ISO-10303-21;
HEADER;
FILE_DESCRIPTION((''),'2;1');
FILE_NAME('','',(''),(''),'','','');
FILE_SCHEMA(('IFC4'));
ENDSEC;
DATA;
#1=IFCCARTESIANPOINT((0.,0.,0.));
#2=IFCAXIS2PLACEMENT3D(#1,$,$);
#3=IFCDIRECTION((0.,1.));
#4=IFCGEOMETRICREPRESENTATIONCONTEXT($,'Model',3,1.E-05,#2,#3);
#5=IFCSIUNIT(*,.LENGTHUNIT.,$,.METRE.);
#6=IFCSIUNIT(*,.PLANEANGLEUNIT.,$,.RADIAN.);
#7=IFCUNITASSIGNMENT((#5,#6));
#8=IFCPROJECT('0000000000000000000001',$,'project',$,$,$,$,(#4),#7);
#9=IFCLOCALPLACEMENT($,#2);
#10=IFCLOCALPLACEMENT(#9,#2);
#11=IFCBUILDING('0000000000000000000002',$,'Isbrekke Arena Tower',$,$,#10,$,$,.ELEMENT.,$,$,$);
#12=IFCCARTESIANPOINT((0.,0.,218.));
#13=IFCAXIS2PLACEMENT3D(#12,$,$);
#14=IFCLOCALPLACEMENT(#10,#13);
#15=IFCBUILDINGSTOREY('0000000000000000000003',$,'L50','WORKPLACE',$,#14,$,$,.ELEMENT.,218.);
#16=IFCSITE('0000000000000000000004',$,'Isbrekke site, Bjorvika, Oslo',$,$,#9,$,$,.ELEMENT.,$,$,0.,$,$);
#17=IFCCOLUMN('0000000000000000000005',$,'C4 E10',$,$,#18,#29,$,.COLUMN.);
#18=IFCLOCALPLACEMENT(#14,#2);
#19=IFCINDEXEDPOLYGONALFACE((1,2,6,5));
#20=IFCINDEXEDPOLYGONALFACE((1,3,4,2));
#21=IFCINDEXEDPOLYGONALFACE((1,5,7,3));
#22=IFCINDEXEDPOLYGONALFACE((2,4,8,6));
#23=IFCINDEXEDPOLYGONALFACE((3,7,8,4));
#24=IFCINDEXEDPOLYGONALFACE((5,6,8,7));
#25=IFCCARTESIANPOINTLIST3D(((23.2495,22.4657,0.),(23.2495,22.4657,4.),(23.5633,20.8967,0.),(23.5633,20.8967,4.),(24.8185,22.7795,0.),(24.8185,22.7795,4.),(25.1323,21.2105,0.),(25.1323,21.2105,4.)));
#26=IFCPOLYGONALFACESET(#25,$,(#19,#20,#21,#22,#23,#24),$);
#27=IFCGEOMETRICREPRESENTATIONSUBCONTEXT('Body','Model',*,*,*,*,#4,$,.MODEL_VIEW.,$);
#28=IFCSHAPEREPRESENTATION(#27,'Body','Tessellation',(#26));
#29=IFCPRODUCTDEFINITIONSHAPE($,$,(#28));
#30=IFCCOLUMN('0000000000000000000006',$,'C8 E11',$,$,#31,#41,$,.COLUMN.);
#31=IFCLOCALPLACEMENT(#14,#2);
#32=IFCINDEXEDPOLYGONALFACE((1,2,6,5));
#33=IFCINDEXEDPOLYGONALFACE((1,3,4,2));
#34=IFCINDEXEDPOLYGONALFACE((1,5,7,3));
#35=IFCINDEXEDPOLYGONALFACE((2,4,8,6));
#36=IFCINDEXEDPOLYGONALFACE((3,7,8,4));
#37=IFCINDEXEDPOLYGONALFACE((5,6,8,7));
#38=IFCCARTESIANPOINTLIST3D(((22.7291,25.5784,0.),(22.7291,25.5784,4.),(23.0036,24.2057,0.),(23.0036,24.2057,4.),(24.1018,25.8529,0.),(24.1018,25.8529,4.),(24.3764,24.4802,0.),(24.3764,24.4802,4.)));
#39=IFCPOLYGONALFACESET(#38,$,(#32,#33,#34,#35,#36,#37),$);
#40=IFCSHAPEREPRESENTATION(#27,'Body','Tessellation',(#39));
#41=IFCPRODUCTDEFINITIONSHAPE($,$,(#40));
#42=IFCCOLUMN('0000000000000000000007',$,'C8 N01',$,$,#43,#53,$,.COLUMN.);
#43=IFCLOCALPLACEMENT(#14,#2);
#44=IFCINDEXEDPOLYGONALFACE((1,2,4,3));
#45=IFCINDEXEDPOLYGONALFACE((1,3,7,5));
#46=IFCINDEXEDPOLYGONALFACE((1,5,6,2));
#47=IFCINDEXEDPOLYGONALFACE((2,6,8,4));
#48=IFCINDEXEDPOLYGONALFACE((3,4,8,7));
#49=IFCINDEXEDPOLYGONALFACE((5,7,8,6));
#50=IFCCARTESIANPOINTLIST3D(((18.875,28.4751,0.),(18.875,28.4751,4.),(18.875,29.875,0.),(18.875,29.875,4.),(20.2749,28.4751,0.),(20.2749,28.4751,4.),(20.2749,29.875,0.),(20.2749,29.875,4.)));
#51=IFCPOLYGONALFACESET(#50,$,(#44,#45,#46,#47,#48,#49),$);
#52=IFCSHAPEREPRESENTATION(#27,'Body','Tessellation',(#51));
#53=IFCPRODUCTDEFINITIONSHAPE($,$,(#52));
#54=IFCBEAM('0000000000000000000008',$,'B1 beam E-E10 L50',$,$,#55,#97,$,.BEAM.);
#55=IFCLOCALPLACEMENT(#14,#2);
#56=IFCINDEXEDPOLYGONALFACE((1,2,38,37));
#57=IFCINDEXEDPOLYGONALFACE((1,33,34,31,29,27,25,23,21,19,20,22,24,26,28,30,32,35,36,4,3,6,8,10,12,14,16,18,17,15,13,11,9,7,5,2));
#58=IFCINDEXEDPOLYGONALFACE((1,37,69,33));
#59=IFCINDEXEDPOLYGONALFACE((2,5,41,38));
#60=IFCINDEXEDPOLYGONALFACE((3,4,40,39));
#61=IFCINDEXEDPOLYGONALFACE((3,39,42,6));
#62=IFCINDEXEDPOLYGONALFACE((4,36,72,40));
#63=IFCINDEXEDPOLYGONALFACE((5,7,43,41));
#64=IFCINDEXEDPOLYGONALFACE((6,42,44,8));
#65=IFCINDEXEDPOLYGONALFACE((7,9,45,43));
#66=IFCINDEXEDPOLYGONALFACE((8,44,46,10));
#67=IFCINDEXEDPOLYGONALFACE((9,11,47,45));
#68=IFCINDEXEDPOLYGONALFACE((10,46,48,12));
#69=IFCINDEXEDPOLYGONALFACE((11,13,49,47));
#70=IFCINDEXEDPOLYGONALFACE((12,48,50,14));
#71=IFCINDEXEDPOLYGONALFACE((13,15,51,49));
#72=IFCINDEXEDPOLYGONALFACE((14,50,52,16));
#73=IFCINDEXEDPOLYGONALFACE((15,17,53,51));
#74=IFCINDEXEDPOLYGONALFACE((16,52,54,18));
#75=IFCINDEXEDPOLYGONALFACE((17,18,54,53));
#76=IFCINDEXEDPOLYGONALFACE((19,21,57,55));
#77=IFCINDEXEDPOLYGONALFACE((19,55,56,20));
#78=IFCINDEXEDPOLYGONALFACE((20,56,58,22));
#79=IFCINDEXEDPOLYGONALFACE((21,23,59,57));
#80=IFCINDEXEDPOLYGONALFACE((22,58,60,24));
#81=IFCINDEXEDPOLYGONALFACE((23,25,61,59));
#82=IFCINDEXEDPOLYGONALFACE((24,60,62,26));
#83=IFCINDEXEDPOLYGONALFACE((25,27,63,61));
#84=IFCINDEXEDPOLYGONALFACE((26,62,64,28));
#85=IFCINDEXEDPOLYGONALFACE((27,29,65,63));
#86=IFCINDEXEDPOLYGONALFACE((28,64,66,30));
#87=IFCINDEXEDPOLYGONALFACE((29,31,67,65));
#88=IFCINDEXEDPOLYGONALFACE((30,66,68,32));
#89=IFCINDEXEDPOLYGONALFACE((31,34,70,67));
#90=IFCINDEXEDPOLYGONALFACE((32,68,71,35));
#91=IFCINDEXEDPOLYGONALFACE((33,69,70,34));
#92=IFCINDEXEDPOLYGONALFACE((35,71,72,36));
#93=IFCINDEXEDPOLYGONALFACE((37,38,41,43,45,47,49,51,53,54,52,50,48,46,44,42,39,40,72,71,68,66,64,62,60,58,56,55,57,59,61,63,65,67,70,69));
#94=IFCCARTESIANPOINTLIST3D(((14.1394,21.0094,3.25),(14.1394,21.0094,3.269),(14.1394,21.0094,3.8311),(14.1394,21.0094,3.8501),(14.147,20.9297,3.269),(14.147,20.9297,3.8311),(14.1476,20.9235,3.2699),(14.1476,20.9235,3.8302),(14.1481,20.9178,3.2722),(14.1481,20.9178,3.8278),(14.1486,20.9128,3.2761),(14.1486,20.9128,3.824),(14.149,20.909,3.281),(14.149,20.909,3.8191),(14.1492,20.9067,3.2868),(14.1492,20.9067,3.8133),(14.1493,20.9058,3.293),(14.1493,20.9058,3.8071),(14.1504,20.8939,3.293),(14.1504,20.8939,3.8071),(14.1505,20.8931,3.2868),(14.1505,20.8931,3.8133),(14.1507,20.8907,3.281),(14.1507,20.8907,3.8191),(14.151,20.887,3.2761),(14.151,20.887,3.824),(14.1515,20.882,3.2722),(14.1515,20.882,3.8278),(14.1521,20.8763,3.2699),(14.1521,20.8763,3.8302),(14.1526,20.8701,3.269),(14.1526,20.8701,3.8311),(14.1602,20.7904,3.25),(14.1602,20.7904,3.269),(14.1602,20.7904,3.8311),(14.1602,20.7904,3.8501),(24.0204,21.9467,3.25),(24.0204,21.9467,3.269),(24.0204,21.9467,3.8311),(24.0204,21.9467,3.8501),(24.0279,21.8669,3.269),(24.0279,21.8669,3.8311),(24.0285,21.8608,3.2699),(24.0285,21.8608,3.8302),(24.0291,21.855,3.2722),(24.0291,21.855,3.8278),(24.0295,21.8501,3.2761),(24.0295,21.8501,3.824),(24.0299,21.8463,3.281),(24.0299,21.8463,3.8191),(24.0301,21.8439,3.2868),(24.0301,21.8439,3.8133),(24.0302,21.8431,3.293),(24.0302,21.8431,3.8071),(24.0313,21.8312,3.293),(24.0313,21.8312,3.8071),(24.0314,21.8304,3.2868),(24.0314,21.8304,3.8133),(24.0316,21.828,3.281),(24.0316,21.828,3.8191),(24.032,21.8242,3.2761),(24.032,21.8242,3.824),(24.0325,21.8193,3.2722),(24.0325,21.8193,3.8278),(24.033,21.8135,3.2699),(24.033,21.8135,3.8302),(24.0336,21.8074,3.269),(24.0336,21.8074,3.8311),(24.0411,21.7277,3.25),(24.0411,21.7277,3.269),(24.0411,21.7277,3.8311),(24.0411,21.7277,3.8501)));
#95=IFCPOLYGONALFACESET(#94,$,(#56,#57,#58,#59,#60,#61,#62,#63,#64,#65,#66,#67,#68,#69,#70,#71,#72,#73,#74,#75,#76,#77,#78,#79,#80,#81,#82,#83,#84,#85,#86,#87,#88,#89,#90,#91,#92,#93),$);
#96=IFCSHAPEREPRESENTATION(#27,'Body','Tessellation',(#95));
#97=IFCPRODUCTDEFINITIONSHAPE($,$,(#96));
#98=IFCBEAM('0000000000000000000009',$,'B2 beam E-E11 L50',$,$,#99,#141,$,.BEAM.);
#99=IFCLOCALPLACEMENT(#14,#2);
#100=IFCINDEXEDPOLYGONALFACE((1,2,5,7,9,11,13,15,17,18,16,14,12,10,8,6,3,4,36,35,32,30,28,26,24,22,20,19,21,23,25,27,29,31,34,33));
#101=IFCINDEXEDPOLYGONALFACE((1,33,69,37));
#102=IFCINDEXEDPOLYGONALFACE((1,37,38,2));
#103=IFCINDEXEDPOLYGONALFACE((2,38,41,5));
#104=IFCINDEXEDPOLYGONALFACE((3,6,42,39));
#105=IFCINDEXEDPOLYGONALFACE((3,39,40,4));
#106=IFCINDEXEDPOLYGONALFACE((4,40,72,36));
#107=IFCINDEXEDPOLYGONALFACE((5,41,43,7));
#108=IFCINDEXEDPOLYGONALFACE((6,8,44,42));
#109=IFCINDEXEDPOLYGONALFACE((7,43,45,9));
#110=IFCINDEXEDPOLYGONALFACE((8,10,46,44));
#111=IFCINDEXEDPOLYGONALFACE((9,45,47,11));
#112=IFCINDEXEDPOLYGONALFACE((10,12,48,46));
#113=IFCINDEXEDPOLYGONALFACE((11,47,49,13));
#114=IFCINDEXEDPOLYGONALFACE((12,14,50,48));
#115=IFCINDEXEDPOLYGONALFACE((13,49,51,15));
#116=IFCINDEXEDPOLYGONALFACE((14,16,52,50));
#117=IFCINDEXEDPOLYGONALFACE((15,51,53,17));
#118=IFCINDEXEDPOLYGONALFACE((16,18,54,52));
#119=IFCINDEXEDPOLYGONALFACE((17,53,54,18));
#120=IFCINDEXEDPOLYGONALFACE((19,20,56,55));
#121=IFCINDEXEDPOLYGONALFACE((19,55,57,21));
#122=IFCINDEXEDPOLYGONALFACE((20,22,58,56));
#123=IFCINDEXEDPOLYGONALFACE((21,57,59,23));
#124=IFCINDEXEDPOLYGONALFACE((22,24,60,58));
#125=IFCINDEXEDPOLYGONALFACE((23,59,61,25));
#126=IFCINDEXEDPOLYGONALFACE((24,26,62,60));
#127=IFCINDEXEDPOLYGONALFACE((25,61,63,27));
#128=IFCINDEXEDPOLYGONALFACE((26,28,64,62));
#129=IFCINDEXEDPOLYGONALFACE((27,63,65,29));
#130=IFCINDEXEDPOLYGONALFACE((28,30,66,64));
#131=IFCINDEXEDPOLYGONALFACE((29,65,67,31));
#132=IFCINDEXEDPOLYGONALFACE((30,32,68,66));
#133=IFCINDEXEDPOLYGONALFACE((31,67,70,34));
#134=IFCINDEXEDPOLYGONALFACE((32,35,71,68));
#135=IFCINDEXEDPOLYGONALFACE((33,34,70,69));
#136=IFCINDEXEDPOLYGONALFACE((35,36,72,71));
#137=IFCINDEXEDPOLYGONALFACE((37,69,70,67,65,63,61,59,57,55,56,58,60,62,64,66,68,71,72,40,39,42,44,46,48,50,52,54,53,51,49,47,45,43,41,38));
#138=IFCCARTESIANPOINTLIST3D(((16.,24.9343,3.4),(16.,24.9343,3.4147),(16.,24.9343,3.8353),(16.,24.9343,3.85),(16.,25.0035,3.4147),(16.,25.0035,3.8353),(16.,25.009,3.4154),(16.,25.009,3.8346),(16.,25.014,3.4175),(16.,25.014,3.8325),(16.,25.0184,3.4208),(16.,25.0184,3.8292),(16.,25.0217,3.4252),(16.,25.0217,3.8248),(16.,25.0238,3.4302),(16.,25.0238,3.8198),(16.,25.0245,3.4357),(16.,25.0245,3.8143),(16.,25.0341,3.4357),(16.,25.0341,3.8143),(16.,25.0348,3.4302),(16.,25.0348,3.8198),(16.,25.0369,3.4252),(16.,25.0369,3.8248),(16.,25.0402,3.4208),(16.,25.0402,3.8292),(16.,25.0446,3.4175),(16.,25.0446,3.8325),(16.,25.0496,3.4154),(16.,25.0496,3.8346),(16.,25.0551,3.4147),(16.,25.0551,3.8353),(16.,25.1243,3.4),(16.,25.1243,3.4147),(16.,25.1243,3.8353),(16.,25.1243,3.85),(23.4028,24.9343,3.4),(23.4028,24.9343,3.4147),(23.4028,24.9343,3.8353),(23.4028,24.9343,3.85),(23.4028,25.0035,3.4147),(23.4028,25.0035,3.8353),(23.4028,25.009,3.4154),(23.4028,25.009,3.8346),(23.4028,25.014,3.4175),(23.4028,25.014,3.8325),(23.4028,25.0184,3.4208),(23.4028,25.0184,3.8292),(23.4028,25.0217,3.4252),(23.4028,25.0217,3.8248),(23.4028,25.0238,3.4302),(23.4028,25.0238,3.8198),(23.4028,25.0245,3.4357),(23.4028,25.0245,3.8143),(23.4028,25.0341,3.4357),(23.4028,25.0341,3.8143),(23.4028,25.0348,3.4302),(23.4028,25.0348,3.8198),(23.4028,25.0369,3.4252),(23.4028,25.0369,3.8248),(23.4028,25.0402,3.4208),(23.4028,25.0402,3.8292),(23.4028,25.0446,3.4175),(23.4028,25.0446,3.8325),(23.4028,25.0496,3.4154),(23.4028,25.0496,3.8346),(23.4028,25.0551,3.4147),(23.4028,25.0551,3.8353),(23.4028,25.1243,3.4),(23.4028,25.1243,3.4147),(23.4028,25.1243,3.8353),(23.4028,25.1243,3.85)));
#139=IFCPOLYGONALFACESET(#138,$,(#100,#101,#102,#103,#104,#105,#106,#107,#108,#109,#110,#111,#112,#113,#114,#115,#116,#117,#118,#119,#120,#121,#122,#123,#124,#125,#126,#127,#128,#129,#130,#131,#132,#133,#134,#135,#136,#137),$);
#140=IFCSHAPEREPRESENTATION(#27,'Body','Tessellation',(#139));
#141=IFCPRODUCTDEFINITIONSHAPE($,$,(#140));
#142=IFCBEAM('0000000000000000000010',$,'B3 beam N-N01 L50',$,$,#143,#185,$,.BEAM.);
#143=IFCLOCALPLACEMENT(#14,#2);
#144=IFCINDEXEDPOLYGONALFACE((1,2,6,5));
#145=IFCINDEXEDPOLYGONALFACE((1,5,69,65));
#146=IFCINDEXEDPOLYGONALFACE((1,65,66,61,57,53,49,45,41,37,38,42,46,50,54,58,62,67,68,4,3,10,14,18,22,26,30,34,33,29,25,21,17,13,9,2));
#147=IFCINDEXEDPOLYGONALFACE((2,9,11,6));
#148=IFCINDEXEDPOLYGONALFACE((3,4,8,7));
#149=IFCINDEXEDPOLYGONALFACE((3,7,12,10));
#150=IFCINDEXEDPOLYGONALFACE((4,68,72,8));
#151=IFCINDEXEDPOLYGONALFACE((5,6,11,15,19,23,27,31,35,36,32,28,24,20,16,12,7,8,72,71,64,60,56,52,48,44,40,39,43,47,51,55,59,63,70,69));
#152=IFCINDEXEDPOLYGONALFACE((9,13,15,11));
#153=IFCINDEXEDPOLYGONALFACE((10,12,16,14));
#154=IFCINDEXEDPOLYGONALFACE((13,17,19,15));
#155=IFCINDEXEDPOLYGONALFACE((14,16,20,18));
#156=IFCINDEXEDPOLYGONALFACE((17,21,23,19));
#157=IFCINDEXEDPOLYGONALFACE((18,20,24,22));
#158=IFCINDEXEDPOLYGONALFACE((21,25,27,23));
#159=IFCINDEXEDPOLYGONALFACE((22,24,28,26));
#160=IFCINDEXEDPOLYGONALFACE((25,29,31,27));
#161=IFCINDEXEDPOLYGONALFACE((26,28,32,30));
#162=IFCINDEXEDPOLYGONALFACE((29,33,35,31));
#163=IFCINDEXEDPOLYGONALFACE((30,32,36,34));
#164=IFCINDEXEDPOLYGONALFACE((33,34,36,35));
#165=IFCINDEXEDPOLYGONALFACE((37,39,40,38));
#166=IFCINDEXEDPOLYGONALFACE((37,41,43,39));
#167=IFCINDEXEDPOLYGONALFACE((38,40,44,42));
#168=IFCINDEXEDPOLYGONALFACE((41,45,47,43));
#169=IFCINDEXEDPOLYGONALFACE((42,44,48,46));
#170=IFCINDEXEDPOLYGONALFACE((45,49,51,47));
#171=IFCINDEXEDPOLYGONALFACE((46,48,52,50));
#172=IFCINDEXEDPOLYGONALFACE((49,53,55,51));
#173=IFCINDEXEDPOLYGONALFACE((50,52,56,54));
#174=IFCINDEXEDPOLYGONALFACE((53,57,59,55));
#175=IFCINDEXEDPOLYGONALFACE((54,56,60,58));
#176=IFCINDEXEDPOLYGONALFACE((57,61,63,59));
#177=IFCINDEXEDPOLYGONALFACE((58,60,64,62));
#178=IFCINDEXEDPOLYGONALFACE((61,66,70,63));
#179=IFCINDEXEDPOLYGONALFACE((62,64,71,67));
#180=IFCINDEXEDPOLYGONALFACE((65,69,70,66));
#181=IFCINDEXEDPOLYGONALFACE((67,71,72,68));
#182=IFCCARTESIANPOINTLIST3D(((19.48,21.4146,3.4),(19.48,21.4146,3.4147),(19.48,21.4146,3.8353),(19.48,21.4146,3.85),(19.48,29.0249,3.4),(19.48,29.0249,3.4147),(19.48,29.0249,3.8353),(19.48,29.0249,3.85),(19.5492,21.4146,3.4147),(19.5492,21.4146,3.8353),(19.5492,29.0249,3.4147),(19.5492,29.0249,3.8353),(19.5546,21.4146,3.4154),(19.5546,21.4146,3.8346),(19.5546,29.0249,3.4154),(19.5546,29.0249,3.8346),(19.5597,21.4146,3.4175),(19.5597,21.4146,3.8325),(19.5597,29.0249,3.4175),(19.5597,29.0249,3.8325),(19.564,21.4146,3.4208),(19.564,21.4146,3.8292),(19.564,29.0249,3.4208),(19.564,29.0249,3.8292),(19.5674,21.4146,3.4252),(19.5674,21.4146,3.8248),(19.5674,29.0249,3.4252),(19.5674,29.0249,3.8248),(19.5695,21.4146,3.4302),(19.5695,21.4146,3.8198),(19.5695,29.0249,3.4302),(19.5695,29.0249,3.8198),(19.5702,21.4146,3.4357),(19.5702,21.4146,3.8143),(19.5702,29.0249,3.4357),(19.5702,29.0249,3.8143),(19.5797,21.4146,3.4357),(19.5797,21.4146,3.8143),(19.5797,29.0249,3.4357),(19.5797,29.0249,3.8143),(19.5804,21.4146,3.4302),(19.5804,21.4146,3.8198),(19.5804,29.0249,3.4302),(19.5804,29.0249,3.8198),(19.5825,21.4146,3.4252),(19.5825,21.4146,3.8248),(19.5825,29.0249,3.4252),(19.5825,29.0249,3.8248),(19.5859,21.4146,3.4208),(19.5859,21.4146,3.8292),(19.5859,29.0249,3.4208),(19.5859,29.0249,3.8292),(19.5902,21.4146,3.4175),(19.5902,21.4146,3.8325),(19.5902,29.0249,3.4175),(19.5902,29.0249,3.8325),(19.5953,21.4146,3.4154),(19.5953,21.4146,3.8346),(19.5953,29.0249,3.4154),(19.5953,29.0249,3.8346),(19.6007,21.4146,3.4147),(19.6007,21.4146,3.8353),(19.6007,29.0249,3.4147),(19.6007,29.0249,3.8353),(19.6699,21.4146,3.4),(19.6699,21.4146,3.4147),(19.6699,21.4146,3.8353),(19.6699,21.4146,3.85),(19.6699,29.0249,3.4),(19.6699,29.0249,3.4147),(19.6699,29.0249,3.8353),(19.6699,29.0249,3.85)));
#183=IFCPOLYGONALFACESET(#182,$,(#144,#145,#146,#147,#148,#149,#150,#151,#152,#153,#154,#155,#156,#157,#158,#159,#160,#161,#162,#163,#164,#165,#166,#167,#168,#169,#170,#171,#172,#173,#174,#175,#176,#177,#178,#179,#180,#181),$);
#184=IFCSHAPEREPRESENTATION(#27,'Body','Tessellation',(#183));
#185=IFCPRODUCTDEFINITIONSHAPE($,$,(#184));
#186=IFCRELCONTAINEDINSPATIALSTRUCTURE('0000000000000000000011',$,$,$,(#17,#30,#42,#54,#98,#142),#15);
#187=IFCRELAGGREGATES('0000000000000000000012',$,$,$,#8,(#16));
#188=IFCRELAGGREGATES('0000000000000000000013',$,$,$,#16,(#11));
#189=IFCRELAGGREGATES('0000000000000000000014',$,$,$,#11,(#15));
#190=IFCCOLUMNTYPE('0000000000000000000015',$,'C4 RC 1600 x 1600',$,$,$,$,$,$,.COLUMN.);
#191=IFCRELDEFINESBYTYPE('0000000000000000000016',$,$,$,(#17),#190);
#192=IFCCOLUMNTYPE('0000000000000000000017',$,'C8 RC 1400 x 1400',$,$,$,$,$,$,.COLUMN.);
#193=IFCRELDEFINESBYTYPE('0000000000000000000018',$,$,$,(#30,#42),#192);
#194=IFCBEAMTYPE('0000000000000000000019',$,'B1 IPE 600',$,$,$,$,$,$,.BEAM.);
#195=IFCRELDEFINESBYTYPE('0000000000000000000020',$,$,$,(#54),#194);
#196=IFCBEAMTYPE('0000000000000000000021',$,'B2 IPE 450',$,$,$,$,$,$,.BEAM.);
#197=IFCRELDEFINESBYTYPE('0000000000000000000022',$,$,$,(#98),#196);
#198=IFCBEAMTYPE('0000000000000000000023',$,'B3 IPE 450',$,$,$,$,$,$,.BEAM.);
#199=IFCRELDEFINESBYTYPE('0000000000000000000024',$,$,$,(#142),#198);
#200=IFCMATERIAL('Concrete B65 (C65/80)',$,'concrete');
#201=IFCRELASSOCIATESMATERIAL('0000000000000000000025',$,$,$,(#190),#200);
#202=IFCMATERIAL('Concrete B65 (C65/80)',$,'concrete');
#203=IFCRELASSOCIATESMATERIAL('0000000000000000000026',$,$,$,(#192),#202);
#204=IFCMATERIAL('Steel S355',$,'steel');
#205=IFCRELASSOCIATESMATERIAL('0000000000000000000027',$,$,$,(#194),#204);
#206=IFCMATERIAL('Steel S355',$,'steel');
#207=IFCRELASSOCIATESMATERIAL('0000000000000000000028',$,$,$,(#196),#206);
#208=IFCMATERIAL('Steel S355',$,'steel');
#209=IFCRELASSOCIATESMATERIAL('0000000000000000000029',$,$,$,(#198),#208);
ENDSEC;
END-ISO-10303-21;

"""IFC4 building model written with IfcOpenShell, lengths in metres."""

from ifc_helpers import new_model, si_unit, direction, frame, origin, origin_2d, place, context, subcontext, project, spatial, rectangle, i_section, extrude, material, material_profile, profile_set, type_object, element, save


model = new_model("IFC4")

# Units and contexts
model_context = context("Model", 3, precision=1e-05, world=origin(), true_north=direction((0.0, 1.0)))
body_context = subcontext(model_context, "Body", "Model", "MODEL_VIEW")
ifc_project = project(units=[si_unit("LENGTHUNIT", "METRE"), si_unit("PLANEANGLEUNIT", "RADIAN")], contexts=[model_context])

# Site, building, storey
site_placement = place(None, origin())
site = spatial("IfcSite", under=ifc_project, at=site_placement, Name="Isbrekke site, Bjorvika, Oslo", CompositionType="ELEMENT", RefElevation=0.0)
building_placement = place(site_placement, origin())
building = spatial("IfcBuilding", under=site, at=building_placement, Name="Isbrekke Arena Tower", CompositionType="ELEMENT")
storey_placement = place(building_placement, frame((0.0, 0.0, 218.0)))
storey = spatial("IfcBuildingStorey", under=building, at=storey_placement, Name="L50", Description="WORKPLACE", CompositionType="ELEMENT", Elevation=218.0)

# Columns
ifc_material_1 = material(Name="Concrete B65 (C65/80)", Category="concrete")
ifc_material_profile_1 = material_profile(ifc_material_1, rectangle(XDim=1.6001, YDim=1.6001, at=origin_2d()), Name="RC 1600x1600")
ifc_profile_set_1 = profile_set([ifc_material_profile_1], Name="Concrete B65 (C65/80)")
column_type_1 = type_object("IfcColumnType", Name="C4 RC 1600 x 1600", PredefinedType="COLUMN", material=ifc_profile_set_1)
column_placement = place(storey_placement, frame((24.1909, 21.8381, 0.0), z_axis=(0.0, 0.0, 1.0), x_axis=(-0.196116, 0.980581, 0.0)))
element("IfcColumn", 1, at=column_placement, inside=storey, type_object=column_type_1, Name="C4 E10", PredefinedType="COLUMN", context=body_context, shape_type="SweptSolid", body=[
    extrude(rectangle(XDim=1.6001, YDim=1.6001, at=origin_2d()), origin(), (0.0, 0.0, 1.0), 4.0),
])
ifc_material_2 = material(Name="Concrete B65 (C65/80)", Category="concrete")
ifc_material_profile_2 = material_profile(ifc_material_2, rectangle(XDim=1.3999, YDim=1.3999, at=origin_2d()), Name="RC 1400x1400")
ifc_profile_set_2 = profile_set([ifc_material_profile_2], Name="Concrete B65 (C65/80)")
column_type_2 = type_object("IfcColumnType", Name="C8 RC 1400 x 1400", PredefinedType="COLUMN", material=ifc_profile_set_2)
for number, where, z_axis, x_axis, name in (
    (2, (23.5527, 25.0293, 0.0), (0.0, 0.0, 1.0), (-0.196116, 0.980581, 0.0), "C8 E11"),
    (3, (19.575, 29.175, 0.0), (0.0, 0.0, 1.0), (-1.0, 0.0, 0.0), "C8 N01"),
):
    element("IfcColumn", number, at=place(storey_placement, frame(where, z_axis=z_axis, x_axis=x_axis)), inside=storey, type_object=column_type_2, Name=name, PredefinedType="COLUMN", context=body_context, shape_type="SweptSolid", body=[
        extrude(rectangle(XDim=1.3999, YDim=1.3999, at=origin_2d()), origin(), (0.0, 0.0, 1.0), 4.0),
    ])

# Beams
ifc_material_3 = material(Name="Steel S355", Category="steel")
ifc_material_profile_3 = material_profile(ifc_material_3, i_section(OverallWidth=0.22, OverallDepth=0.6001, WebThickness=0.012, FlangeThickness=0.019, FilletRadius=0.0239, at=origin_2d()), Name="IPE 600")
ifc_profile_set_3 = profile_set([ifc_material_profile_3], Name="Steel S355")
beam_type_1 = type_object("IfcBeamType", Name="B1 IPE 600", PredefinedType="BEAM", material=ifc_profile_set_3)
beam_1_placement = place(storey_placement, frame((24.0308, 21.8372, 3.55), z_axis=(-0.995531, -0.094432, 0.0), x_axis=(0.094432, -0.995531, 0.0)))
element("IfcBeam", 4, at=beam_1_placement, inside=storey, type_object=beam_type_1, Name="B1 beam E-E10 L50", PredefinedType="BEAM", context=body_context, shape_type="SweptSolid", body=[
    extrude(i_section(OverallWidth=0.22, OverallDepth=0.6001, WebThickness=0.012, FlangeThickness=0.019, FilletRadius=0.0239, at=origin_2d()), origin(), (0.0, 0.0, 1.0), 9.9253),
])
ifc_material_4 = material(Name="Steel S355", Category="steel")
ifc_material_profile_4 = material_profile(ifc_material_4, i_section(OverallWidth=0.1899, OverallDepth=0.45, WebThickness=0.0095, FlangeThickness=0.0146, FilletRadius=0.021, at=origin_2d()), Name="IPE 450")
ifc_profile_set_4 = profile_set([ifc_material_profile_4], Name="Steel S355")
beam_type_2 = type_object("IfcBeamType", Name="B2 IPE 450", PredefinedType="BEAM", material=ifc_profile_set_4)
beam_2_placement = place(storey_placement, frame((23.4028, 25.0293, 3.625), z_axis=(-1.0, 0.0, 0.0), x_axis=(0.0, -1.0, 0.0)))
element("IfcBeam", 5, at=beam_2_placement, inside=storey, type_object=beam_type_2, Name="B2 beam E-E11 L50", PredefinedType="BEAM", context=body_context, shape_type="SweptSolid", body=[
    extrude(i_section(OverallWidth=0.1899, OverallDepth=0.45, WebThickness=0.0095, FlangeThickness=0.0146, FilletRadius=0.021, at=origin_2d()), origin(), (0.0, 0.0, 1.0), 7.4028),
])
ifc_material_5 = material(Name="Steel S355", Category="steel")
ifc_material_profile_5 = material_profile(ifc_material_5, i_section(OverallWidth=0.1899, OverallDepth=0.45, WebThickness=0.0095, FlangeThickness=0.0146, FilletRadius=0.021, at=origin_2d()), Name="IPE 450")
ifc_profile_set_5 = profile_set([ifc_material_profile_5], Name="Steel S355")
beam_type_3 = type_object("IfcBeamType", Name="B3 IPE 450", PredefinedType="BEAM", material=ifc_profile_set_5)
beam_3_placement = place(storey_placement, frame((19.575, 29.0249, 3.625), z_axis=(0.0, -1.0, 0.0), x_axis=(1.0, 0.0, 0.0)))
element("IfcBeam", 6, at=beam_3_placement, inside=storey, type_object=beam_type_3, Name="B3 beam N-N01 L50", PredefinedType="BEAM", context=body_context, shape_type="SweptSolid", body=[
    extrude(i_section(OverallWidth=0.1899, OverallDepth=0.45, WebThickness=0.0095, FlangeThickness=0.0146, FilletRadius=0.021, at=origin_2d()), origin(), (0.0, 0.0, 1.0), 7.6104),
])

save(model, "model.ifc")
